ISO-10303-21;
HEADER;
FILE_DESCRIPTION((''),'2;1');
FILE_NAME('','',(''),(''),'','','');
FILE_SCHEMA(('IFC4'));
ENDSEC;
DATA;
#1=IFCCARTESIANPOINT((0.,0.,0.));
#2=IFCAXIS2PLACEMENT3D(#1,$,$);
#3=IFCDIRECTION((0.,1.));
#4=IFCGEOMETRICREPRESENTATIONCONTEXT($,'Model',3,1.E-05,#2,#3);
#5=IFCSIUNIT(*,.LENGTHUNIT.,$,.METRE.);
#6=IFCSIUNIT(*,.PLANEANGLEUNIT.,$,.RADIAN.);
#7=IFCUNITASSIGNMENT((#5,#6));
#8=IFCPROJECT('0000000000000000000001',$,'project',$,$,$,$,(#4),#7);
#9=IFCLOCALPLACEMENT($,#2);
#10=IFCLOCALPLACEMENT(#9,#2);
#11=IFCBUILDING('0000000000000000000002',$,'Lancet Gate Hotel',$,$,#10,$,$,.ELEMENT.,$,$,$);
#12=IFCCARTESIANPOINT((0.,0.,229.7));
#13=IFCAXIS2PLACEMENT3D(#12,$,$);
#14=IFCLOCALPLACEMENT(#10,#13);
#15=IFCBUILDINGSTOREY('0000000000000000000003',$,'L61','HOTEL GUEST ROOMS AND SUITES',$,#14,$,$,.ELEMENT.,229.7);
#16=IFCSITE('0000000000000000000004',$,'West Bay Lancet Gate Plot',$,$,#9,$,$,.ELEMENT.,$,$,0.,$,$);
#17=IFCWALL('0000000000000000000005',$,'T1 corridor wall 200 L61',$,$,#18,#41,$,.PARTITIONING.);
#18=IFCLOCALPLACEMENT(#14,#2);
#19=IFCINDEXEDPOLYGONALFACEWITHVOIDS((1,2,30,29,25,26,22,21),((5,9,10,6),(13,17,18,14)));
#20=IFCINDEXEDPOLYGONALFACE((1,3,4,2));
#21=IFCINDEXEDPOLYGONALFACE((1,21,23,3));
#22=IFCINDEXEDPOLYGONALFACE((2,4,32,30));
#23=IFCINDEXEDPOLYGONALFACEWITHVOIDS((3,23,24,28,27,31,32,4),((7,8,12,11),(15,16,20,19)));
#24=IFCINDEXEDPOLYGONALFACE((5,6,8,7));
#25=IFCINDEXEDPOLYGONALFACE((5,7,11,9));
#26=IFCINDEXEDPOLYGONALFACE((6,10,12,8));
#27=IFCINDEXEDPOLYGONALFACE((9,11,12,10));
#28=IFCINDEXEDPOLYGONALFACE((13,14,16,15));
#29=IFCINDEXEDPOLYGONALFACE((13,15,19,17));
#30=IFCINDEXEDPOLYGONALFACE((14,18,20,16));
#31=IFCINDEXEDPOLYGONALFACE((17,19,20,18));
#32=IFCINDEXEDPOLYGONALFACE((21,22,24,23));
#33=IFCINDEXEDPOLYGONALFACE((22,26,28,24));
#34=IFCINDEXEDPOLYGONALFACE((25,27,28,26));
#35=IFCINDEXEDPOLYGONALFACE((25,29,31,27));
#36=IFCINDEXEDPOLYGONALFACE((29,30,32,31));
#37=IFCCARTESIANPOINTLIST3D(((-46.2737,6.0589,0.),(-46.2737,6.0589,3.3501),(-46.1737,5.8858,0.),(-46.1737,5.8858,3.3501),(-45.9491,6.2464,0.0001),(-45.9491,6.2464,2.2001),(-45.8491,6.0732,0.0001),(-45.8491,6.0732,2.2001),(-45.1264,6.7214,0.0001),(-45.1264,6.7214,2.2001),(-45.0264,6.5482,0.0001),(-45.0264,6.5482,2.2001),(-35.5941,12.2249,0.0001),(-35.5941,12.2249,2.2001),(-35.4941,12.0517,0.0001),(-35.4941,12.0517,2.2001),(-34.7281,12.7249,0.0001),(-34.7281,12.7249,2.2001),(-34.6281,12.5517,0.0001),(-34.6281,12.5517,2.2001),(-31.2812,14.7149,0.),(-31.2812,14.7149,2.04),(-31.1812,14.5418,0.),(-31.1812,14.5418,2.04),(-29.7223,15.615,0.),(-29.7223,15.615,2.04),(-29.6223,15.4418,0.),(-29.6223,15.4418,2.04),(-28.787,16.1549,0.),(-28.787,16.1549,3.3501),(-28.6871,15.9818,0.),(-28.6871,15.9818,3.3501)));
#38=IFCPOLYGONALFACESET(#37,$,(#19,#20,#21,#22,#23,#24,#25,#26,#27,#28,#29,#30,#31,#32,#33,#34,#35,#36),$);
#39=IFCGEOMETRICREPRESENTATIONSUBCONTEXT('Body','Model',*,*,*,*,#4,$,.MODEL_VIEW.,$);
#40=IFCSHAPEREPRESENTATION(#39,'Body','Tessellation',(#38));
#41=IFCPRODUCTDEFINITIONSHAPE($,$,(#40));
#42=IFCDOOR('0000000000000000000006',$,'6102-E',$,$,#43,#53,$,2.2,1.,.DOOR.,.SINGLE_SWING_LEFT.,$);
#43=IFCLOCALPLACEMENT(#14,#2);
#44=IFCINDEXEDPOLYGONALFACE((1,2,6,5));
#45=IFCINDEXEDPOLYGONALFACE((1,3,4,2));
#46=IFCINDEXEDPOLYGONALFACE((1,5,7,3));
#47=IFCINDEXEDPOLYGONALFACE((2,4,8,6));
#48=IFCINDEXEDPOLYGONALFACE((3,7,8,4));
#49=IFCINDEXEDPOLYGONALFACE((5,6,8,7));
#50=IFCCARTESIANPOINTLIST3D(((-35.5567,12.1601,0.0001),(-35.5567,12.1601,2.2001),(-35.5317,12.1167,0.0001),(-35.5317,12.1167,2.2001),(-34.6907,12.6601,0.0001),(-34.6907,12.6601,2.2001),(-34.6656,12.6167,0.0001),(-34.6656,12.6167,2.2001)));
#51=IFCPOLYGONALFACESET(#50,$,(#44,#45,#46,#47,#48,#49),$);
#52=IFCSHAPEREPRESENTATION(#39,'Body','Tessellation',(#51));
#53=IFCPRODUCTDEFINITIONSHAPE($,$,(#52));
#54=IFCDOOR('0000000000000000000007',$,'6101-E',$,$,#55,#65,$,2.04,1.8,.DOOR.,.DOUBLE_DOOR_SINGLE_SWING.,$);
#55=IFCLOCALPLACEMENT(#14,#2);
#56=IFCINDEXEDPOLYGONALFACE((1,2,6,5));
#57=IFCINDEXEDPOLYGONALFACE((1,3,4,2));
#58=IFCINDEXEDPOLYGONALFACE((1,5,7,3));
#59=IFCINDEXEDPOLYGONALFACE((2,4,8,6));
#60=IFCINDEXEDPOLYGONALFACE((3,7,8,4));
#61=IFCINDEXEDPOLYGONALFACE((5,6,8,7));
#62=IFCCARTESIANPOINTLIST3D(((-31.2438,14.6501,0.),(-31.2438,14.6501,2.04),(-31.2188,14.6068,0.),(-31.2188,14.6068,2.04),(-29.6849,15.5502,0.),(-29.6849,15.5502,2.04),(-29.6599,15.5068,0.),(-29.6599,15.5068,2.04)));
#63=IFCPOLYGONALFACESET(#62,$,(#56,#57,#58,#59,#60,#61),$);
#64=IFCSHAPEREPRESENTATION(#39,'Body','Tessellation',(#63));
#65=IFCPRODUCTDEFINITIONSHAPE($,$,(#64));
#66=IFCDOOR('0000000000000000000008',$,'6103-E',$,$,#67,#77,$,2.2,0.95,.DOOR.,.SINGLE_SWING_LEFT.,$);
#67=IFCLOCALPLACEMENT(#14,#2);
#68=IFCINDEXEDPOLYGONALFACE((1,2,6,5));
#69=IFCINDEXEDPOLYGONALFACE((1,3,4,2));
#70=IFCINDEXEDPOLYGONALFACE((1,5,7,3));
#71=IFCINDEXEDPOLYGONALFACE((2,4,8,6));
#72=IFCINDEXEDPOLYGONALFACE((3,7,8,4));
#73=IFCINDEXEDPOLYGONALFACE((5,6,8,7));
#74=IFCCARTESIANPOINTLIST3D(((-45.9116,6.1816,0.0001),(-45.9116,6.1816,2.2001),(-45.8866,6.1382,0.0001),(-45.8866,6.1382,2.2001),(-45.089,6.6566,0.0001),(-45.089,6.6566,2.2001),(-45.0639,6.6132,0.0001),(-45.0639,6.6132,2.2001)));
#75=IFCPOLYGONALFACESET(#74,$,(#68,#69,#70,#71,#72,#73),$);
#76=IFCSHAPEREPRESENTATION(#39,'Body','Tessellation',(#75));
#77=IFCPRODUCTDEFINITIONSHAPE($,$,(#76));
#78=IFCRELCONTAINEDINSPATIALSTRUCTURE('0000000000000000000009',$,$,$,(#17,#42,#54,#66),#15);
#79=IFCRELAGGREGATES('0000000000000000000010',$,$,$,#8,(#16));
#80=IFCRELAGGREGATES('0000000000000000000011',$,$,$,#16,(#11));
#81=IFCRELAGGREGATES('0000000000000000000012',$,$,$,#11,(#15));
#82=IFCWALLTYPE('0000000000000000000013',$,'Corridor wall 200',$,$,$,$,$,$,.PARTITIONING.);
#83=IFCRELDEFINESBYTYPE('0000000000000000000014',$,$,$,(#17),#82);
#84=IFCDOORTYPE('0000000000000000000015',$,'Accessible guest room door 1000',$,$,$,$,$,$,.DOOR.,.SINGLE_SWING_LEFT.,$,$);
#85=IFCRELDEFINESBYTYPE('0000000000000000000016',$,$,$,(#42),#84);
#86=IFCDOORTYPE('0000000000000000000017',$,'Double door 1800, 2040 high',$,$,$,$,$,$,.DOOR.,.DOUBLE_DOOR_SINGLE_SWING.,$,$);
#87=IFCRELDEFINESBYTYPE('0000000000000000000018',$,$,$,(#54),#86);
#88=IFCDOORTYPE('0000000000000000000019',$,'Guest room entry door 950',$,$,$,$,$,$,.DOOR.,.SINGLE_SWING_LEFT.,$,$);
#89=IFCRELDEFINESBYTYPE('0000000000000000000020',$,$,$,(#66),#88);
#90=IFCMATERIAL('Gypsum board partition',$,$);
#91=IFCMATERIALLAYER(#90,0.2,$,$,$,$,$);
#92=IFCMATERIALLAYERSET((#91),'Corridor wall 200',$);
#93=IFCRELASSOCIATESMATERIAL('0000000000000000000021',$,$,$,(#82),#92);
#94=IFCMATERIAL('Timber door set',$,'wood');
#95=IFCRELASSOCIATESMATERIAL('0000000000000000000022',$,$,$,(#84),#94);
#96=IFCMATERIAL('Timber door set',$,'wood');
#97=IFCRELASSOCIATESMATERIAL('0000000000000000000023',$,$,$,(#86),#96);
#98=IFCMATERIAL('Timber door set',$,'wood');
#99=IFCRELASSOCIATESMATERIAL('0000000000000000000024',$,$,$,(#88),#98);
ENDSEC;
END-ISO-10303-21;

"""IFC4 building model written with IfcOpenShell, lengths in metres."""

from ifc_helpers import new_model, si_unit, direction, frame, frame_2d, origin, place, context, subcontext, project, spatial, rectangle, extrude, material, layer, layer_set, type_object, element, fill, save


model = new_model("IFC4")

# Units and contexts
model_context = context("Model", 3, precision=1e-05, world=origin(), true_north=direction((0.0, 1.0)))
body_context = subcontext(model_context, "Body", "Model", "MODEL_VIEW")
ifc_project = project(units=[si_unit("LENGTHUNIT", "METRE"), si_unit("PLANEANGLEUNIT", "RADIAN")], contexts=[model_context])

# Site, building, storey
site_placement = place(None, origin())
site = spatial("IfcSite", under=ifc_project, at=site_placement, Name="West Bay Lancet Gate Plot", CompositionType="ELEMENT", RefElevation=0.0)
building_placement = place(site_placement, origin())
building = spatial("IfcBuilding", under=site, at=building_placement, Name="Lancet Gate Hotel", CompositionType="ELEMENT")
storey_placement = place(building_placement, frame((0.0, 0.0, 229.7)))
storey = spatial("IfcBuildingStorey", under=building, at=storey_placement, Name="L61", Description="HOTEL GUEST ROOMS AND SUITES", CompositionType="ELEMENT", Elevation=229.7)

# Wall, openings, doors
ifc_material_1 = material(Name="Gypsum board partition")
ifc_layer_1 = layer(ifc_material_1, 0.2)
ifc_layer_set_1 = layer_set([ifc_layer_1], Name="Corridor wall 200")
wall_type_1 = type_object("IfcWallType", Name="Corridor wall 200", PredefinedType="PARTITIONING", material=ifc_layer_set_1)
wall_1_placement = place(storey_placement, frame((-28.7371, 16.0684, 0.0), z_axis=(0.0, 0.0, 1.0), x_axis=(-0.866024, -0.500003, 0.0)))
wall_1 = element("IfcWall", 1, at=wall_1_placement, inside=storey, type_object=wall_type_1, Name="T1 corridor wall 200 L61", PredefinedType="PARTITIONING", context=body_context, shape_type="SweptSolid", body=[
    extrude(rectangle(XDim=20.1919, YDim=0.2, at=frame_2d((10.0959, 0.0))), origin(), (0.0, 0.0, 1.0), 3.3501),
])
opening_1_placement = place(wall_1_placement, frame((1.0801, 0.0, 0.0)))
opening_1 = element("IfcOpeningElement", 2, at=opening_1_placement, cuts=wall_1, PredefinedType="OPENING", context=body_context, shape_type="SweptSolid", body=[
    extrude(rectangle(XDim=1.8, YDim=2.04, at=frame_2d((0.8999, 1.02))), frame((0.0, 0.1099, 0.0), z_axis=(0.0, -1.0, 0.0), x_axis=(1.0, 0.0, 0.0)), (0.0, 0.0, 1.0), 0.22),
])
opening_2_placement = place(wall_1_placement, frame((6.8601, 0.0, 0.0)))
opening_2 = element("IfcOpeningElement", 3, at=opening_2_placement, cuts=wall_1, PredefinedType="OPENING", context=body_context, shape_type="SweptSolid", body=[
    extrude(rectangle(XDim=1.0, YDim=2.2, at=frame_2d((0.5, 1.1001))), frame((0.0, 0.1099, 0.0), z_axis=(0.0, -1.0, 0.0), x_axis=(1.0, 0.0, 0.0)), (0.0, 0.0, 1.0), 0.22),
])
opening_3_placement = place(wall_1_placement, frame((18.8669, 0.0, 0.0)))
opening_3 = element("IfcOpeningElement", 4, at=opening_3_placement, cuts=wall_1, PredefinedType="OPENING", context=body_context, shape_type="SweptSolid", body=[
    extrude(rectangle(XDim=0.95, YDim=2.2, at=frame_2d((0.4751, 1.1001))), frame((0.0, 0.1099, 0.0), z_axis=(0.0, -1.0, 0.0), x_axis=(1.0, 0.0, 0.0)), (0.0, 0.0, 1.0), 0.22),
])
ifc_material_2 = material(Name="Timber door set", Category="wood")
door_type_1 = type_object("IfcDoorType", Name="Accessible guest room door 1000", OperationType="SINGLE_SWING_LEFT", PredefinedType="DOOR", material=ifc_material_2)
door_1_placement = place(opening_2_placement, origin())
door_1 = element("IfcDoor", 5, at=door_1_placement, inside=storey, type_object=door_type_1, Name="6102-E", OperationType="SINGLE_SWING_LEFT", OverallHeight=2.2, OverallWidth=1.0, PredefinedType="DOOR", context=body_context, shape_type="SweptSolid", body=[
    extrude(rectangle(XDim=1.0, YDim=2.2, at=frame_2d((0.5, 1.1001))), frame((0.0, 0.0249, 0.0), z_axis=(0.0, -1.0, 0.0), x_axis=(1.0, 0.0, 0.0)), (0.0, 0.0, 1.0), 0.05),
])
fill(opening_2, door_1)
ifc_material_3 = material(Name="Timber door set", Category="wood")
door_type_2 = type_object("IfcDoorType", Name="Double door 1800, 2040 high", OperationType="DOUBLE_DOOR_SINGLE_SWING", PredefinedType="DOOR", material=ifc_material_3)
door_2_placement = place(opening_1_placement, origin())
door_2 = element("IfcDoor", 6, at=door_2_placement, inside=storey, type_object=door_type_2, Name="6101-E", OperationType="DOUBLE_DOOR_SINGLE_SWING", OverallHeight=2.04, OverallWidth=1.8, PredefinedType="DOOR", context=body_context, shape_type="SweptSolid", body=[
    extrude(rectangle(XDim=1.8, YDim=2.04, at=frame_2d((0.8999, 1.02))), frame((0.0, 0.0249, 0.0), z_axis=(0.0, -1.0, 0.0), x_axis=(1.0, 0.0, 0.0)), (0.0, 0.0, 1.0), 0.05),
])
fill(opening_1, door_2)
ifc_material_4 = material(Name="Timber door set", Category="wood")
door_type_3 = type_object("IfcDoorType", Name="Guest room entry door 950", OperationType="SINGLE_SWING_LEFT", PredefinedType="DOOR", material=ifc_material_4)
door_3_placement = place(opening_3_placement, origin())
door_3 = element("IfcDoor", 7, at=door_3_placement, inside=storey, type_object=door_type_3, Name="6103-E", OperationType="SINGLE_SWING_LEFT", OverallHeight=2.2, OverallWidth=0.95, PredefinedType="DOOR", context=body_context, shape_type="SweptSolid", body=[
    extrude(rectangle(XDim=0.95, YDim=2.2, at=frame_2d((0.4751, 1.1001))), frame((0.0, 0.0249, 0.0), z_axis=(0.0, -1.0, 0.0), x_axis=(1.0, 0.0, 0.0)), (0.0, 0.0, 1.0), 0.05),
])
fill(opening_3, door_3)

save(model, "model.ifc")
